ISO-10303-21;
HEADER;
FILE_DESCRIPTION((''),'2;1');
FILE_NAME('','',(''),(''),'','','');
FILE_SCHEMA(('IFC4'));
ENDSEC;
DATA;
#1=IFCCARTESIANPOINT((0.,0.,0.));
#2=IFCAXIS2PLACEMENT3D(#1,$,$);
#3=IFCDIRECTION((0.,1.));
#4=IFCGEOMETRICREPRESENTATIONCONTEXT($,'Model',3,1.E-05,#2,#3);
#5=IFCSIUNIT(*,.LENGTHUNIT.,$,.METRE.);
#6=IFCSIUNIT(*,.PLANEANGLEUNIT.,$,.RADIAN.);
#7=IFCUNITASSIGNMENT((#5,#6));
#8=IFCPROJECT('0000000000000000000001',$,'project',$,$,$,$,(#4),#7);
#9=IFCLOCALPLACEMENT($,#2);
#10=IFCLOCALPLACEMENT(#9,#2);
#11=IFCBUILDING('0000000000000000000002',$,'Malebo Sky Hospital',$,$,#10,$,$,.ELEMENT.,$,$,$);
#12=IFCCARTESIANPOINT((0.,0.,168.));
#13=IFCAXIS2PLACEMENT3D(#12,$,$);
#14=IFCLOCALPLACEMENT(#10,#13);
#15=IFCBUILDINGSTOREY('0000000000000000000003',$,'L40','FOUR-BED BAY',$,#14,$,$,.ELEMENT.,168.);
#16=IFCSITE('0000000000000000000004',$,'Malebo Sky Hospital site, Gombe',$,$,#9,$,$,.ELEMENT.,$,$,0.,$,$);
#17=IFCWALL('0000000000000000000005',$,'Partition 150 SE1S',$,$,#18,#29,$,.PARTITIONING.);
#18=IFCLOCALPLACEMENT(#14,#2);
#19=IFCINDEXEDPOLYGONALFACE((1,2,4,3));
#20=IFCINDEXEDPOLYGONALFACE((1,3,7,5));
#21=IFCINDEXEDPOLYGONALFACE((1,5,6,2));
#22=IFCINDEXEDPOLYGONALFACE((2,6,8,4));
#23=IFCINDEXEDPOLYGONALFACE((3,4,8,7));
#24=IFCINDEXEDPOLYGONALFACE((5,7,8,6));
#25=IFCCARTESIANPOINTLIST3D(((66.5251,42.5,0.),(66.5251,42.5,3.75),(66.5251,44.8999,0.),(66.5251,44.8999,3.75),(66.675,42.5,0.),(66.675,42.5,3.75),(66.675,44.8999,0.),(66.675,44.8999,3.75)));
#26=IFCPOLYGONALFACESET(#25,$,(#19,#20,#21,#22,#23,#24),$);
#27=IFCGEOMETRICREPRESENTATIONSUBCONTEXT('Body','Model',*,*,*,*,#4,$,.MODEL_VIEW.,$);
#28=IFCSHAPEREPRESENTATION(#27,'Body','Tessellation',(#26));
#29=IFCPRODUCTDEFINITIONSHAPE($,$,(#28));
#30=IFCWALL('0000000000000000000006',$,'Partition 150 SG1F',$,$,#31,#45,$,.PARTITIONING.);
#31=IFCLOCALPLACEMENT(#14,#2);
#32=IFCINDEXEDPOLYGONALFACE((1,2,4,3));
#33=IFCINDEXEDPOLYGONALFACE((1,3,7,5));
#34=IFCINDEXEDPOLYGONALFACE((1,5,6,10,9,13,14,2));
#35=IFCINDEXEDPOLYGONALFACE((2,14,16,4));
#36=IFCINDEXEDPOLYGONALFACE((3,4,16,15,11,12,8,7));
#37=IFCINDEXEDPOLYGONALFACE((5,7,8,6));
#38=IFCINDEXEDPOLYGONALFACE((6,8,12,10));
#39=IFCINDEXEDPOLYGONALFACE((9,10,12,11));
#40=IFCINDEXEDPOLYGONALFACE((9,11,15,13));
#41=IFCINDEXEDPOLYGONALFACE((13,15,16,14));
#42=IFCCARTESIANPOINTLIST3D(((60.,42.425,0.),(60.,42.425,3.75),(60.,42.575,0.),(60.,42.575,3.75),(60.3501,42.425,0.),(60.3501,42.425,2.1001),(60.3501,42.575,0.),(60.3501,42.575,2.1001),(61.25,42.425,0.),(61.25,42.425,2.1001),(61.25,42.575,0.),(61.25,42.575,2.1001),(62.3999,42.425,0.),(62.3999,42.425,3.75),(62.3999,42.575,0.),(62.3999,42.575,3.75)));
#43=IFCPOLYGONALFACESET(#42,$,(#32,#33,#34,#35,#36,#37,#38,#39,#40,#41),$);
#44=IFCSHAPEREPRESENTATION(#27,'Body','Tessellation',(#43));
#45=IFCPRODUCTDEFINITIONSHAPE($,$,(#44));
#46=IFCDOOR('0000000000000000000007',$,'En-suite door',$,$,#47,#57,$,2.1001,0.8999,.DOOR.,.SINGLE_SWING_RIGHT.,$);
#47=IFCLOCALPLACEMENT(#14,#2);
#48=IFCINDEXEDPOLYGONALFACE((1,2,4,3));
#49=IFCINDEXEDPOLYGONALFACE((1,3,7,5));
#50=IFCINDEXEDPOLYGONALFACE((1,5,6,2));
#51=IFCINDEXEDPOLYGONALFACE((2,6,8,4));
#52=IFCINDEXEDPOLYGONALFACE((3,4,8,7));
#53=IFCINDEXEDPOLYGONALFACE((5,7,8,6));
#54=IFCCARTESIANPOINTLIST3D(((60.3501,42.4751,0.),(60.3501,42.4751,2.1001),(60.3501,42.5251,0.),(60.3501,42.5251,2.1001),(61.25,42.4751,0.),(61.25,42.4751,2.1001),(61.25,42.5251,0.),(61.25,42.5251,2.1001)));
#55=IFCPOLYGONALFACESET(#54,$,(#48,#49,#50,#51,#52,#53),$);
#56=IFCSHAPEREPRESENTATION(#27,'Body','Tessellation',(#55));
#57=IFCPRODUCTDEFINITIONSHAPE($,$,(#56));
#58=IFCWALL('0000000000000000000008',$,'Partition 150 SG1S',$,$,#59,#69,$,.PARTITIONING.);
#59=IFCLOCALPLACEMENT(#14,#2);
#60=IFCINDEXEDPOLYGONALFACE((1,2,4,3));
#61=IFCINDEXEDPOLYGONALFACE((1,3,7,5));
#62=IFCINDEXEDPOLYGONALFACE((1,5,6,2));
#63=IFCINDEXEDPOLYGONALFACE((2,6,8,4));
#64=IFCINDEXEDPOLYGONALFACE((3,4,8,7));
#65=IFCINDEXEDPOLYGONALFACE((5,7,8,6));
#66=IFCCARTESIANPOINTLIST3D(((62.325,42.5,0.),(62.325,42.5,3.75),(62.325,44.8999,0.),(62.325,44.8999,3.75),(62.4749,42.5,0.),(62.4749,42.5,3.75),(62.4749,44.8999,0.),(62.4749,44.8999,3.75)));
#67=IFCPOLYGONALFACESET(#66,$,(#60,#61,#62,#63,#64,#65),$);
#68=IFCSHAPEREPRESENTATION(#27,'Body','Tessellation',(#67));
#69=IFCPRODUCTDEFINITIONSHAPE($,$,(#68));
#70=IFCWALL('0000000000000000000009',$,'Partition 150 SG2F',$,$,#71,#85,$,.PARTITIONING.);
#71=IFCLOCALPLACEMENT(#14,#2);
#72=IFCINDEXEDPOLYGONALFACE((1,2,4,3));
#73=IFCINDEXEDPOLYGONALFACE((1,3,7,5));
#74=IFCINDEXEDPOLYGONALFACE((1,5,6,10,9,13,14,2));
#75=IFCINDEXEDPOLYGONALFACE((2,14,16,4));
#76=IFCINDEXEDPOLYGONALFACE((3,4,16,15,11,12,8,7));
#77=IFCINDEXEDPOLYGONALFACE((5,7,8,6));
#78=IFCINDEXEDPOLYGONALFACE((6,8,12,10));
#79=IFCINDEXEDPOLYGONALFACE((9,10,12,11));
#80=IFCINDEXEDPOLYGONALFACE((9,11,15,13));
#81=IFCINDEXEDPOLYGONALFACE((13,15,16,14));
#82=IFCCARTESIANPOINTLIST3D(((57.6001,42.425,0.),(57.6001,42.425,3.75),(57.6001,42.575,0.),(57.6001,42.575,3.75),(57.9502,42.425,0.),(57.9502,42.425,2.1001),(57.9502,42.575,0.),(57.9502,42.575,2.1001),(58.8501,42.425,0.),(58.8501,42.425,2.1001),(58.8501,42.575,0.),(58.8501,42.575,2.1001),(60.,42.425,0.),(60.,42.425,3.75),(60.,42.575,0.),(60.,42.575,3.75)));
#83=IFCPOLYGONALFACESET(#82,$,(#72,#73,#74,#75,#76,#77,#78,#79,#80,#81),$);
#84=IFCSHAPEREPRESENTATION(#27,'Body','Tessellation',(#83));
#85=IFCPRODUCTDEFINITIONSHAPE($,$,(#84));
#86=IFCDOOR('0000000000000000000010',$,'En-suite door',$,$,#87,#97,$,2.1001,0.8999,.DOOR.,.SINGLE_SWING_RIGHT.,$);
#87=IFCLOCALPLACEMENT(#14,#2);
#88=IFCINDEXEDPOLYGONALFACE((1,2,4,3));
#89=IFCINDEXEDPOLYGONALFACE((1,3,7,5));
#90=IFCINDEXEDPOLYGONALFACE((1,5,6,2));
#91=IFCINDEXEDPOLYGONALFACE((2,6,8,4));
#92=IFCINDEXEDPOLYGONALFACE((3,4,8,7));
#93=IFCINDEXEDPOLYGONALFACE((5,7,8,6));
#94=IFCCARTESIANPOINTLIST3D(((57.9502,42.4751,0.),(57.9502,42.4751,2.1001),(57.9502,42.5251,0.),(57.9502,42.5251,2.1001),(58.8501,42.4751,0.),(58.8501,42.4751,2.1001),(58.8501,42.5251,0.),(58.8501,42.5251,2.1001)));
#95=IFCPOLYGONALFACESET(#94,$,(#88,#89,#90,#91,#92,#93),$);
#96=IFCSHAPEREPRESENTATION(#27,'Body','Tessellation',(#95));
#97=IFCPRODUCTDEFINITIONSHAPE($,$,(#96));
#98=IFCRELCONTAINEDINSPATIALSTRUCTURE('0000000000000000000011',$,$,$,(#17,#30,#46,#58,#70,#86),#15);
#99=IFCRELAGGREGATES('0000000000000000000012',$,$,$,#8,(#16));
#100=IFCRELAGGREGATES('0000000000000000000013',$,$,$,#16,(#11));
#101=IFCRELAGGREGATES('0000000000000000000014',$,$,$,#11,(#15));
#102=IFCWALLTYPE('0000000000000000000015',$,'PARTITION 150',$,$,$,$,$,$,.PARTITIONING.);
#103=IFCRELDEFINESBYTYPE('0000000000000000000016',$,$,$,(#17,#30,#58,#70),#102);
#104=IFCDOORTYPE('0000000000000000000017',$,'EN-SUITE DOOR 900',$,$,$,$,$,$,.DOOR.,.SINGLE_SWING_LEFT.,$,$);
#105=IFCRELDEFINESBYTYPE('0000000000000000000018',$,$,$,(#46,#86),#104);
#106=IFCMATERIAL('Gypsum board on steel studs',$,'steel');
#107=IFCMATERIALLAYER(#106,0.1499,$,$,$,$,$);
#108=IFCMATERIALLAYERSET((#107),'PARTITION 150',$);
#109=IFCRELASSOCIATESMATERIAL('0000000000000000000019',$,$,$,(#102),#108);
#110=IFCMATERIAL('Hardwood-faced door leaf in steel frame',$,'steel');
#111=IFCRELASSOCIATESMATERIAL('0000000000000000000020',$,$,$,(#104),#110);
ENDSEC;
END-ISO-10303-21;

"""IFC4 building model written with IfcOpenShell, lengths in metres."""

from ifc_helpers import new_model, si_unit, direction, frame, frame_2d, origin, place, context, subcontext, project, spatial, rectangle, extrude, material, layer, layer_set, type_object, element, fill, save


model = new_model("IFC4")

# Units and contexts
model_context = context("Model", 3, precision=1e-05, world=origin(), true_north=direction((0.0, 1.0)))
body_context = subcontext(model_context, "Body", "Model", "MODEL_VIEW")
ifc_project = project(units=[si_unit("LENGTHUNIT", "METRE"), si_unit("PLANEANGLEUNIT", "RADIAN")], contexts=[model_context])

# Site, building, storey
site_placement = place(None, origin())
site = spatial("IfcSite", under=ifc_project, at=site_placement, Name="Malebo Sky Hospital site, Gombe", CompositionType="ELEMENT", RefElevation=0.0)
building_placement = place(site_placement, origin())
building = spatial("IfcBuilding", under=site, at=building_placement, Name="Malebo Sky Hospital", CompositionType="ELEMENT")
storey_placement = place(building_placement, frame((0.0, 0.0, 168.0)))
storey = spatial("IfcBuildingStorey", under=building, at=storey_placement, Name="L40", Description="FOUR-BED BAY", CompositionType="ELEMENT", Elevation=168.0)

# Shared definitions
ifc_material_1 = material(Name="Gypsum board on steel studs", Category="steel")
ifc_layer = layer(ifc_material_1, 0.1499)
ifc_layer_set = layer_set([ifc_layer], Name="PARTITION 150")
wall_type = type_object("IfcWallType", Name="PARTITION 150", PredefinedType="PARTITIONING", material=ifc_layer_set)

# Shared definitions
ifc_material_2 = material(Name="Hardwood-faced door leaf in steel frame", Category="steel")
door_type = type_object("IfcDoorType", Name="EN-SUITE DOOR 900", OperationType="SINGLE_SWING_LEFT", PredefinedType="DOOR", material=ifc_material_2)

# Wall
wall_1_placement = place(storey_placement, frame((66.6001, 44.8999, 0.0), z_axis=(0.0, 0.0, 1.0), x_axis=(0.0, -1.0, 0.0)))
element("IfcWall", 1, at=wall_1_placement, inside=storey, type_object=wall_type, Name="Partition 150 SE1S", PredefinedType="PARTITIONING", context=body_context, shape_type="SweptSolid", body=[
    extrude(rectangle(XDim=2.3999, YDim=0.1499, at=frame_2d((1.2, 0.0))), origin(), (0.0, 0.0, 1.0), 3.75),
])

# Wall, opening, door
wall_2_placement = place(storey_placement, frame((62.3999, 42.5, 0.0), z_axis=(0.0, 0.0, 1.0), x_axis=(-1.0, 0.0, 0.0)))
wall_2 = element("IfcWall", 2, at=wall_2_placement, inside=storey, type_object=wall_type, Name="Partition 150 SG1F", PredefinedType="PARTITIONING", context=body_context, shape_type="SweptSolid", body=[
    extrude(rectangle(XDim=2.3999, YDim=0.1499, at=frame_2d((1.2, 0.0))), origin(), (0.0, 0.0, 1.0), 3.75),
])
opening_1_placement = place(wall_2_placement, frame((1.1499, 0.0, 0.0)))
opening_1 = element("IfcOpeningElement", 3, at=opening_1_placement, cuts=wall_2, PredefinedType="OPENING", context=body_context, shape_type="SweptSolid", body=[
    extrude(rectangle(XDim=0.8999, YDim=2.1001, at=frame_2d((0.45, 1.05))), frame((0.0, 0.085, 0.0), z_axis=(0.0, -1.0, 0.0), x_axis=(1.0, 0.0, 0.0)), (0.0, 0.0, 1.0), 0.1699),
])
door_1_placement = place(opening_1_placement, origin())
door_1 = element("IfcDoor", 4, at=door_1_placement, inside=storey, type_object=door_type, Name="En-suite door", OperationType="SINGLE_SWING_RIGHT", OverallHeight=2.1001, OverallWidth=0.8999, PredefinedType="DOOR", context=body_context, shape_type="SweptSolid", body=[
    extrude(rectangle(XDim=0.8999, YDim=2.1001, at=frame_2d((0.45, 1.05))), frame((0.0, 0.0249, 0.0), z_axis=(0.0, -1.0, 0.0), x_axis=(1.0, 0.0, 0.0)), (0.0, 0.0, 1.0), 0.05),
])
fill(opening_1, door_1)

# Wall
wall_3_placement = place(storey_placement, frame((62.3999, 44.8999, 0.0), z_axis=(0.0, 0.0, 1.0), x_axis=(0.0, -1.0, 0.0)))
element("IfcWall", 5, at=wall_3_placement, inside=storey, type_object=wall_type, Name="Partition 150 SG1S", PredefinedType="PARTITIONING", context=body_context, shape_type="SweptSolid", body=[
    extrude(rectangle(XDim=2.3999, YDim=0.1499, at=frame_2d((1.2, 0.0))), origin(), (0.0, 0.0, 1.0), 3.75),
])

# Wall, opening, door
wall_4_placement = place(storey_placement, frame((60.0, 42.5, 0.0), z_axis=(0.0, 0.0, 1.0), x_axis=(-1.0, 0.0, 0.0)))
wall_4 = element("IfcWall", 6, at=wall_4_placement, inside=storey, type_object=wall_type, Name="Partition 150 SG2F", PredefinedType="PARTITIONING", context=body_context, shape_type="SweptSolid", body=[
    extrude(rectangle(XDim=2.3999, YDim=0.1499, at=frame_2d((1.2, 0.0))), origin(), (0.0, 0.0, 1.0), 3.75),
])
opening_2_placement = place(wall_4_placement, frame((1.1499, 0.0, 0.0)))
opening_2 = element("IfcOpeningElement", 7, at=opening_2_placement, cuts=wall_4, PredefinedType="OPENING", context=body_context, shape_type="SweptSolid", body=[
    extrude(rectangle(XDim=0.8999, YDim=2.1001, at=frame_2d((0.45, 1.05))), frame((0.0, 0.085, 0.0), z_axis=(0.0, -1.0, 0.0), x_axis=(1.0, 0.0, 0.0)), (0.0, 0.0, 1.0), 0.1699),
])
door_2_placement = place(opening_2_placement, origin())
door_2 = element("IfcDoor", 8, at=door_2_placement, inside=storey, type_object=door_type, Name="En-suite door", OperationType="SINGLE_SWING_RIGHT", OverallHeight=2.1001, OverallWidth=0.8999, PredefinedType="DOOR", context=body_context, shape_type="SweptSolid", body=[
    extrude(rectangle(XDim=0.8999, YDim=2.1001, at=frame_2d((0.45, 1.05))), frame((0.0, 0.0249, 0.0), z_axis=(0.0, -1.0, 0.0), x_axis=(1.0, 0.0, 0.0)), (0.0, 0.0, 1.0), 0.05),
])
fill(opening_2, door_2)

save(model, "model.ifc")
